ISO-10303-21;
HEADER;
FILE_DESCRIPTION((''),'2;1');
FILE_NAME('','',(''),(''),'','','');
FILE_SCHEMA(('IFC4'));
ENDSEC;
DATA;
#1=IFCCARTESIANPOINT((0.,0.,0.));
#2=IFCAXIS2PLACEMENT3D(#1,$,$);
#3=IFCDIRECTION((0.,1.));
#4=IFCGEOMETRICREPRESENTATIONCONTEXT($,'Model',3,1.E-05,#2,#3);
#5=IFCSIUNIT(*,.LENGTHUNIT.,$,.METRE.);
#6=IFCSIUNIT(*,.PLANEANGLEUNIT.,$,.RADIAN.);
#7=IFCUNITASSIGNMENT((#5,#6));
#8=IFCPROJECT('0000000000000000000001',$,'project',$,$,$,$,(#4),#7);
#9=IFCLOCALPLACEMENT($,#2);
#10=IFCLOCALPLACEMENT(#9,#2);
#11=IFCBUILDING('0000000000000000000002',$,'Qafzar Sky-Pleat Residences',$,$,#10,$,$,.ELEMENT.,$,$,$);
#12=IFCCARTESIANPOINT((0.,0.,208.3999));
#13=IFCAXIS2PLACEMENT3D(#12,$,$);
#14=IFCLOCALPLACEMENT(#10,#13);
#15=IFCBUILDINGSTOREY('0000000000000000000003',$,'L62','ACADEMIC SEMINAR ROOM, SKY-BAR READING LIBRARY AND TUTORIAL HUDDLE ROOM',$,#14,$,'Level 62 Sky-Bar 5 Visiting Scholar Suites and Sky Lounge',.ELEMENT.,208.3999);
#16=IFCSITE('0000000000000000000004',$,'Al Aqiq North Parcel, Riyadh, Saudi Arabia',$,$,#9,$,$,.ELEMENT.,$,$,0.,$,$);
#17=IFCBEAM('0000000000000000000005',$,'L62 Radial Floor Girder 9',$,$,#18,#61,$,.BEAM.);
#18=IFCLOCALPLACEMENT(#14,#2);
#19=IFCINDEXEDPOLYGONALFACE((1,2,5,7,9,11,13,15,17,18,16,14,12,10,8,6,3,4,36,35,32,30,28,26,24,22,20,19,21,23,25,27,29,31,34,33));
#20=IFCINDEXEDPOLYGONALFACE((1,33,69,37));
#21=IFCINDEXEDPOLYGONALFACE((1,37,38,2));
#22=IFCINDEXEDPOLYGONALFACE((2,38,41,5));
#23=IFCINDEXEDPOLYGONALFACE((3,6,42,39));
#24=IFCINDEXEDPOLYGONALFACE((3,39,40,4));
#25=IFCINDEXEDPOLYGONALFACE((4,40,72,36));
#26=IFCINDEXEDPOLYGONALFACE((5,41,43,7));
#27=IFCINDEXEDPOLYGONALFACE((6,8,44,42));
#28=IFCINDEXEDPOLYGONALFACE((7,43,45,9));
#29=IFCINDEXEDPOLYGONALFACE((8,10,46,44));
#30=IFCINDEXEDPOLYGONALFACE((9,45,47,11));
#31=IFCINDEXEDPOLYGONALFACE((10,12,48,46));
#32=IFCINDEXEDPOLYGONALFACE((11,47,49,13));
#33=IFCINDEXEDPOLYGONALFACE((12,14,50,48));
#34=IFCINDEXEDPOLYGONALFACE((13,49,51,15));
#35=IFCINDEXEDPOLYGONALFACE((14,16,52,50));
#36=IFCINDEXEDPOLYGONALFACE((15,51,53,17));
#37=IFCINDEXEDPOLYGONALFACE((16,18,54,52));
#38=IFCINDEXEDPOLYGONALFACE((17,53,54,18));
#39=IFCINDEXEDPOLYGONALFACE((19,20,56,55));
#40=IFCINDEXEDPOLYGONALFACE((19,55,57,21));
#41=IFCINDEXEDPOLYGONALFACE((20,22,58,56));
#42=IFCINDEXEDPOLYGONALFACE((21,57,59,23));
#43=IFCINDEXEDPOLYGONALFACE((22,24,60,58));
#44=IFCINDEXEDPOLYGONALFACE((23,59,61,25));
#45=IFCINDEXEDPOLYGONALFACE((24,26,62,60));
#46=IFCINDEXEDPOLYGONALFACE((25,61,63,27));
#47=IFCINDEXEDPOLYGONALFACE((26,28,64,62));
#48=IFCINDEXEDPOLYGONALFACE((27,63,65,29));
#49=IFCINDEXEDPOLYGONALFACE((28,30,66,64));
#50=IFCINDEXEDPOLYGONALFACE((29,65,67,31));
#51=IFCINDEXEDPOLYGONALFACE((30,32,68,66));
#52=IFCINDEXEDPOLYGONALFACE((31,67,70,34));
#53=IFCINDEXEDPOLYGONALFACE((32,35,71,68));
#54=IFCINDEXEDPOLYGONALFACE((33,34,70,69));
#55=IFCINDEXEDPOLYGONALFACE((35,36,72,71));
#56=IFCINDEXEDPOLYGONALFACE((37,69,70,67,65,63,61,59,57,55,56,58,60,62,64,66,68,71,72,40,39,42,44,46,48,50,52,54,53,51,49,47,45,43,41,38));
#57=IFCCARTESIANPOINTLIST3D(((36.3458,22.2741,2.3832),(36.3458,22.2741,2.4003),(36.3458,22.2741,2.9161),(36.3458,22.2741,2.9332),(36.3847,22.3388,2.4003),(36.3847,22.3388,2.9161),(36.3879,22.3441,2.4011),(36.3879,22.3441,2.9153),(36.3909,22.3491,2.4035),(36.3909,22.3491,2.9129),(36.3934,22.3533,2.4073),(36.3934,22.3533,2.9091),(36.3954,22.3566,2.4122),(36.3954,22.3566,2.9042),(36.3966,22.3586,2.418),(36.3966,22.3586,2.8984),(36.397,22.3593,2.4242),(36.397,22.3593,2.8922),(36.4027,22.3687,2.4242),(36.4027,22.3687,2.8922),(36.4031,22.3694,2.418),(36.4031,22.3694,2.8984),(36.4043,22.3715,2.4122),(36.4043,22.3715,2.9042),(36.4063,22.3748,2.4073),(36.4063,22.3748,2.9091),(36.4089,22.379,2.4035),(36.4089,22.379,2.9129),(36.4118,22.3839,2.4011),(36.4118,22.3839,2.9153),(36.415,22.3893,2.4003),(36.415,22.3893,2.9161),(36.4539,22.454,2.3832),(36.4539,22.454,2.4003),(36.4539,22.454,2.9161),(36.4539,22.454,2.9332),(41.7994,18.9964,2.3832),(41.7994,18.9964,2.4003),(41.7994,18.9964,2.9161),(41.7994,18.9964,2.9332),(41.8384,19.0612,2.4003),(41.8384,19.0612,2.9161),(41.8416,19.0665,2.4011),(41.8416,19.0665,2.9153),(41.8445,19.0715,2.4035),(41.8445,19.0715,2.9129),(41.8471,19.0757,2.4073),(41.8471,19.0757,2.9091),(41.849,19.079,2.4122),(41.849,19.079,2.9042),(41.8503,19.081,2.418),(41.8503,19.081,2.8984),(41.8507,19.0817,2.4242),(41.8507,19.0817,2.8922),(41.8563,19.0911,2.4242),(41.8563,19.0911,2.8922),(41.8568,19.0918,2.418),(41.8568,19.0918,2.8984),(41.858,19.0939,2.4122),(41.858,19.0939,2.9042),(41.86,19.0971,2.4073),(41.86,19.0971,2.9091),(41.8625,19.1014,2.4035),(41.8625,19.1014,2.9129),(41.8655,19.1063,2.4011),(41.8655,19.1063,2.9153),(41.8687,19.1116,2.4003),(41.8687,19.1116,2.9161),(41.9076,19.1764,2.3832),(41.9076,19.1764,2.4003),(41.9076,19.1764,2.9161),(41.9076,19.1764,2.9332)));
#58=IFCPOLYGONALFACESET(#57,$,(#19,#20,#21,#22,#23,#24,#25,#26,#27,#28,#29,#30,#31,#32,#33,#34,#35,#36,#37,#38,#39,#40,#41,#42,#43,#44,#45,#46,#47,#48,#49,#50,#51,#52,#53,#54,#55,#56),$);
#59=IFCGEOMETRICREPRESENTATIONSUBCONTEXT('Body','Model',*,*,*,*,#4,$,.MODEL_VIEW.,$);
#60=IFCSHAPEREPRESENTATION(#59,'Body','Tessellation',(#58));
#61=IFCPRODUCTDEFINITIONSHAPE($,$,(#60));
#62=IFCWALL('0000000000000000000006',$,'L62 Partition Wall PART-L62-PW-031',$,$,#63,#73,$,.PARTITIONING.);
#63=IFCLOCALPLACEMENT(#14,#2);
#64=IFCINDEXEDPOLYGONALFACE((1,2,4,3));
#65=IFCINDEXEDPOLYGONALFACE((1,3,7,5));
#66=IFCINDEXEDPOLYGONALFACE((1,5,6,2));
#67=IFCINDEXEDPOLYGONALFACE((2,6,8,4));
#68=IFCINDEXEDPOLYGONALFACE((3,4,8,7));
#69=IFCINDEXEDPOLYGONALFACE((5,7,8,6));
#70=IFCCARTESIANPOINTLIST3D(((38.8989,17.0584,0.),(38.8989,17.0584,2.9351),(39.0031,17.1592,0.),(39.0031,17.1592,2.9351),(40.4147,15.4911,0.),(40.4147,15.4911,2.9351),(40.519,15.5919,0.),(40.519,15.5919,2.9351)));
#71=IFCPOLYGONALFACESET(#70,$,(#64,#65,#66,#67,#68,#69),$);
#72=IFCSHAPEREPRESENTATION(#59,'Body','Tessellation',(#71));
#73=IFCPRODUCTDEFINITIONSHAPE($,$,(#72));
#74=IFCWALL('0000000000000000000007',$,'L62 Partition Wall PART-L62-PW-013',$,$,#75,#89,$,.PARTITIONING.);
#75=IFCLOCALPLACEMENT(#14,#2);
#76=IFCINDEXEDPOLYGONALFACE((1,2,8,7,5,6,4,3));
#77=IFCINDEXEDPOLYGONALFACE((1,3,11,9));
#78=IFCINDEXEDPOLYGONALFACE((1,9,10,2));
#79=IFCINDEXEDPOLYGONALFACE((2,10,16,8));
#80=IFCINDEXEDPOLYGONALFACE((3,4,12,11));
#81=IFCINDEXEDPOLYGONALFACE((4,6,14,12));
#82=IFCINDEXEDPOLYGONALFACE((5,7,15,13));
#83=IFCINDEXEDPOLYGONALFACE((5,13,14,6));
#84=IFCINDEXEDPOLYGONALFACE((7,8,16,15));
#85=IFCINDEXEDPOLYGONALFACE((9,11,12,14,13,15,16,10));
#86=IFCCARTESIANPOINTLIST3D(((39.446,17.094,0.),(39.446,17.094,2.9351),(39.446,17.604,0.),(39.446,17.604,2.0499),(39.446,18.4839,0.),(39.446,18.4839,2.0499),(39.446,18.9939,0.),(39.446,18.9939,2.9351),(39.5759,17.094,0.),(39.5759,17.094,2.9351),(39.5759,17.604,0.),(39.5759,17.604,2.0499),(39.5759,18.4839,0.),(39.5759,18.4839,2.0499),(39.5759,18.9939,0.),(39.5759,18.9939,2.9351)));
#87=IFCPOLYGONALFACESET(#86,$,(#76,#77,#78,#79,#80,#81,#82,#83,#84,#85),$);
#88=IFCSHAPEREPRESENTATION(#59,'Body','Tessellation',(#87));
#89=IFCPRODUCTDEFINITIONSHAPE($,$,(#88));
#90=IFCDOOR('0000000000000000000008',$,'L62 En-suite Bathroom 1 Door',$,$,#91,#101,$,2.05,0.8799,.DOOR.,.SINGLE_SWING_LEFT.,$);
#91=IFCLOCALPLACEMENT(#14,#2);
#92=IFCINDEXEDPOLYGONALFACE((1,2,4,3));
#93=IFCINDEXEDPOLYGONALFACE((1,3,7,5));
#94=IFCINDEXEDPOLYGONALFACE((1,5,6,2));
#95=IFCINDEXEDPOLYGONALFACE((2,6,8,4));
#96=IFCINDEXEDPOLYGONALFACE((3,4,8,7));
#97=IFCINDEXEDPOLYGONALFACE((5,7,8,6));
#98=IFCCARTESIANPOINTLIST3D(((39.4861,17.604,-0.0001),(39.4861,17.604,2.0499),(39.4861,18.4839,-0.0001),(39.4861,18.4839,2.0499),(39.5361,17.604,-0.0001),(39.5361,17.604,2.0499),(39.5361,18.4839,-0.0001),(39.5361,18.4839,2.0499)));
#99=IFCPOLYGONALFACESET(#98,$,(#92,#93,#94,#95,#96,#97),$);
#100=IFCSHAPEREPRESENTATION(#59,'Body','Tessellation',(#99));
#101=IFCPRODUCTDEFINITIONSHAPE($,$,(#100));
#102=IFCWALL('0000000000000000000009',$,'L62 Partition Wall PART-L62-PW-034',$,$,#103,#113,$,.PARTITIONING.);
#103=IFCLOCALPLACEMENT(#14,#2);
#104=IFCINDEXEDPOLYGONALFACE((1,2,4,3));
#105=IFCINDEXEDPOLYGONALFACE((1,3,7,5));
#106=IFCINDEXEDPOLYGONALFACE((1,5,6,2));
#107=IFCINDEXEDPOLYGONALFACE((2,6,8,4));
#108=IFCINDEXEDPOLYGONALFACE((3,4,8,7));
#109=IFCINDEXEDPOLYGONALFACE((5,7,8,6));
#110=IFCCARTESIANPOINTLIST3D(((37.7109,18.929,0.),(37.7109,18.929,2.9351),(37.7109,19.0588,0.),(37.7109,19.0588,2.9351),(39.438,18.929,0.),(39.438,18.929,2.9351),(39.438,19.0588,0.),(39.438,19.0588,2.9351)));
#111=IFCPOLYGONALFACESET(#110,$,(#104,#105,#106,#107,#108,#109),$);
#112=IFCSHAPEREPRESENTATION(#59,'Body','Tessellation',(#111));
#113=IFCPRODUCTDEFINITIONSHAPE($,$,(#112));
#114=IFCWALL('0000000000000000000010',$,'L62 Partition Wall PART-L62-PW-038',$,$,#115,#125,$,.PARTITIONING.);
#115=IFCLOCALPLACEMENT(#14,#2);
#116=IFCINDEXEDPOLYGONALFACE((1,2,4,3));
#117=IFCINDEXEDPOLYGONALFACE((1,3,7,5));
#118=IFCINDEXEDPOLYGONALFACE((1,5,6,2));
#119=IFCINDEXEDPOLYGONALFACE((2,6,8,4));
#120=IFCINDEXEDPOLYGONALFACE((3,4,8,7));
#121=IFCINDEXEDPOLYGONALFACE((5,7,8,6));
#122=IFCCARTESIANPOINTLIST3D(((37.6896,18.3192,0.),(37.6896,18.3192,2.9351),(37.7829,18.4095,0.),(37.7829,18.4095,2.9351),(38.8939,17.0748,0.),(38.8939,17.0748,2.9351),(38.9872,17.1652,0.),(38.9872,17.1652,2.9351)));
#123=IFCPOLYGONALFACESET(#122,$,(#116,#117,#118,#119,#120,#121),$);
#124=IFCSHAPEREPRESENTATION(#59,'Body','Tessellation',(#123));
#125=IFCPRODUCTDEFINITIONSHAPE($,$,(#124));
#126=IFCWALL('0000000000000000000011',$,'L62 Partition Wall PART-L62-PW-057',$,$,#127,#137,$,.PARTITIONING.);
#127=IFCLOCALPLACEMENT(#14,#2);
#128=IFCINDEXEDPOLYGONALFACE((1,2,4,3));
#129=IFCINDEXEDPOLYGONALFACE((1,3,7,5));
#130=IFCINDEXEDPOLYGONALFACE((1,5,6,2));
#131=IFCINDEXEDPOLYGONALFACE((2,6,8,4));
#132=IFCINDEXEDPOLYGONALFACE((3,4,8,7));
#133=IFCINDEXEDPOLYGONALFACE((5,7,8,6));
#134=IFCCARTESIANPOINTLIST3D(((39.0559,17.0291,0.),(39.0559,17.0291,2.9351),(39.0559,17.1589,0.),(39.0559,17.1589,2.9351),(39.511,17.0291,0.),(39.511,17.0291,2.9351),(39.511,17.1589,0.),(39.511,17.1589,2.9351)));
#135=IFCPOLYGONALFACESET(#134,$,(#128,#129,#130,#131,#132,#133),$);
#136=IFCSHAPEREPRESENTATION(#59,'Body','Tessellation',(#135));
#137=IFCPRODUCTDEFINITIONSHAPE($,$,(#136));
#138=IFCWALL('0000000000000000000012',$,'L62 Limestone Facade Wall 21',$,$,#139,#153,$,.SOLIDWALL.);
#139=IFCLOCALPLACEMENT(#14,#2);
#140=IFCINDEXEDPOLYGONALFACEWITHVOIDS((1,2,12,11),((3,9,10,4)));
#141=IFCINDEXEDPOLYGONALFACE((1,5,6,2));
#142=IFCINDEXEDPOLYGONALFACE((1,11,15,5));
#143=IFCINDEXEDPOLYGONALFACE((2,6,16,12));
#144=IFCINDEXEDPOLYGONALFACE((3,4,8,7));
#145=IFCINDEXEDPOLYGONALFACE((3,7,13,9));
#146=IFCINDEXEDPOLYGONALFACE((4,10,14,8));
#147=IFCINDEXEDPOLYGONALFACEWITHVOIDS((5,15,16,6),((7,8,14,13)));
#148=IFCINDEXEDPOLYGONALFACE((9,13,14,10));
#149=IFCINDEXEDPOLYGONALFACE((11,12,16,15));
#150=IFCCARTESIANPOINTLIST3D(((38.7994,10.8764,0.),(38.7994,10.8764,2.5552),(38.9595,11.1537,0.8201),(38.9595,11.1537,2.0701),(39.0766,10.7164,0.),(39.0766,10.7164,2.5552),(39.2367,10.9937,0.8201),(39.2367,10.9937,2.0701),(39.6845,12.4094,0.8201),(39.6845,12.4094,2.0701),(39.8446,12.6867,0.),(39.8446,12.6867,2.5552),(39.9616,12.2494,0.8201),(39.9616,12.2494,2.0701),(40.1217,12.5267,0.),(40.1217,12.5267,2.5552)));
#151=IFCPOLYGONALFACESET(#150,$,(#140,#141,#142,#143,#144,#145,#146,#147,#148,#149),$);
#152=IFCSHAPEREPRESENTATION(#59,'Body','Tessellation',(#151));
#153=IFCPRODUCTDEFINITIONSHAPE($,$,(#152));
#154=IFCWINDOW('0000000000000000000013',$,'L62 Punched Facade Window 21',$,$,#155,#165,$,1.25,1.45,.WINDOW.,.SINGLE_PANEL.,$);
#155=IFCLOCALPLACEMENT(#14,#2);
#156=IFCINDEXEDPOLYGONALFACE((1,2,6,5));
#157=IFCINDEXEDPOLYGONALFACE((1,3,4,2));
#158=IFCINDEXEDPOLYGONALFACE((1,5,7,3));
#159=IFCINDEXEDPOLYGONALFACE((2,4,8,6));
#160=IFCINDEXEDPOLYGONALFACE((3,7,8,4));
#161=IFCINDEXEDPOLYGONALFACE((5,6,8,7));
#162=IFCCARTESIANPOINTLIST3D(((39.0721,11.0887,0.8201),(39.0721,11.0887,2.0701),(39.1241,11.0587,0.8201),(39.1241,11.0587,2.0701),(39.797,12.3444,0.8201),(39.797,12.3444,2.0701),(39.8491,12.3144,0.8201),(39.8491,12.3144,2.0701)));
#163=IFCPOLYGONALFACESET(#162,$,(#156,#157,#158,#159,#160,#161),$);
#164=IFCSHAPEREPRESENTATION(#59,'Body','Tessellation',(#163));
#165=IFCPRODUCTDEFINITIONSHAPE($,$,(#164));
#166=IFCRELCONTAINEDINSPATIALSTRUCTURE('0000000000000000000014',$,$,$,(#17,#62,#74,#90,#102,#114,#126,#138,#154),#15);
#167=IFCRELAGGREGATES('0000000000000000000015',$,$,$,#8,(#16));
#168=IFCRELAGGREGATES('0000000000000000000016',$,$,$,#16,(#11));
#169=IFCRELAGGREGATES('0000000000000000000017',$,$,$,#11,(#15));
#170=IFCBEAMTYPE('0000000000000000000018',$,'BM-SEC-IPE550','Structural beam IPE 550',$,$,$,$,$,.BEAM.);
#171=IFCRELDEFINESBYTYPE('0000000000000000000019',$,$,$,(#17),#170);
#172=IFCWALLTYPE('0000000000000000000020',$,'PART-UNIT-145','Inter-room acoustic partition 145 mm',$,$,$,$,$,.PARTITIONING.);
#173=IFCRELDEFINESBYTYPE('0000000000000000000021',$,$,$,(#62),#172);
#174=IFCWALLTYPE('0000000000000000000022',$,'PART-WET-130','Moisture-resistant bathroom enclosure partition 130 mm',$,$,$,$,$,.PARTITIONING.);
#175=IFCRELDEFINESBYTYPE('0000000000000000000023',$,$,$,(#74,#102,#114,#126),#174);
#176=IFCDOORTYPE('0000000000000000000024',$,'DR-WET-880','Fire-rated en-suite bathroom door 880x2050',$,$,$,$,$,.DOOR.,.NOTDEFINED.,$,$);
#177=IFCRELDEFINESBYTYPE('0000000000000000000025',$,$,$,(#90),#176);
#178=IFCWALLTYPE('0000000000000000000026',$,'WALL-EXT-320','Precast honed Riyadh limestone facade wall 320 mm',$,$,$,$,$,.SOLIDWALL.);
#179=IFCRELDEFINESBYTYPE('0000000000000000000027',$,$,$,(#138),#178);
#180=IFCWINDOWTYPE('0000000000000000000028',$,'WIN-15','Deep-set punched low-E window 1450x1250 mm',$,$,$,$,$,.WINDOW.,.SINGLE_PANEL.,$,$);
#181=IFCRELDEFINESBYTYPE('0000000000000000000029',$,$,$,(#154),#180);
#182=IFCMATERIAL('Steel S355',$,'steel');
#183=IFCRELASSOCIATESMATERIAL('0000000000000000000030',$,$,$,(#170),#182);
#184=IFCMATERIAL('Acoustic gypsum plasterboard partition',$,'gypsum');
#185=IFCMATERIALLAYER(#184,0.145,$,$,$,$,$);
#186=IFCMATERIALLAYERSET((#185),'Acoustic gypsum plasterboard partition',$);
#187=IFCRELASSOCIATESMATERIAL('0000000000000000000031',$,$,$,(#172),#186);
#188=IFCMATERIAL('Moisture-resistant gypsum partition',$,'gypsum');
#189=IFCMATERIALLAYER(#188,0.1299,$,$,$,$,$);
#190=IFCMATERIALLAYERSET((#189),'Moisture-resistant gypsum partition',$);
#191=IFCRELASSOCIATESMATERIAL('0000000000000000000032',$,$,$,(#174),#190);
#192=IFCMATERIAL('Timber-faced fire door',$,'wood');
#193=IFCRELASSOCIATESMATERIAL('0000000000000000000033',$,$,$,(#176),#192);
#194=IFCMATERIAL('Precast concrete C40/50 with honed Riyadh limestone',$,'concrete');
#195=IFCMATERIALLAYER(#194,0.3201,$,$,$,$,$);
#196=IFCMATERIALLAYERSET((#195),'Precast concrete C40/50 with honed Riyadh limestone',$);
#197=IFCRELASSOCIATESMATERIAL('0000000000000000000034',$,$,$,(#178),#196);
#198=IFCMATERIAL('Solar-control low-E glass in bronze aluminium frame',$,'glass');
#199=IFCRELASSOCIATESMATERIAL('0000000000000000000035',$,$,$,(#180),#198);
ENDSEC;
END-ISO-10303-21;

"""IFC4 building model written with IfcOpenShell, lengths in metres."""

from ifc_helpers import new_model, si_unit, direction, frame, frame_2d, origin, origin_2d, place, context, subcontext, project, spatial, rectangle, i_section, extrude, source, transform, mapped, material, layer, layer_set, material_profile, profile_set, type_object, element, fill, save


model = new_model("IFC4")

# Units and contexts
model_context = context("Model", 3, precision=1e-05, world=origin(), true_north=direction((0.0, 1.0)))
body_context = subcontext(model_context, "Body", "Model", "MODEL_VIEW")
ifc_project = project(units=[si_unit("LENGTHUNIT", "METRE"), si_unit("PLANEANGLEUNIT", "RADIAN")], contexts=[model_context])

# Site, building, storey
site_placement = place(None, origin())
site = spatial("IfcSite", under=ifc_project, at=site_placement, Name="Al Aqiq North Parcel, Riyadh, Saudi Arabia", CompositionType="ELEMENT", RefElevation=0.0)
building_placement = place(site_placement, origin())
building = spatial("IfcBuilding", under=site, at=building_placement, Name="Qafzar Sky-Pleat Residences", CompositionType="ELEMENT")
storey_placement = place(building_placement, frame((0.0, 0.0, 208.3999)))
storey = spatial("IfcBuildingStorey", under=building, at=storey_placement, Name="L62", Description="ACADEMIC SEMINAR ROOM, SKY-BAR READING LIBRARY AND TUTORIAL HUDDLE ROOM", LongName="Level 62 Sky-Bar 5 Visiting Scholar Suites and Sky Lounge", CompositionType="ELEMENT", Elevation=208.3999)

# Shared definitions
ifc_material_1 = material(Name="Steel S355", Category="steel")

# Beam
ifc_material_profile_1 = material_profile(ifc_material_1, i_section(OverallWidth=0.21, OverallDepth=0.55, WebThickness=0.011, FlangeThickness=0.0171, FilletRadius=0.0239, at=origin_2d()), Name="IPE 550")
ifc_profile_set_1 = profile_set([ifc_material_profile_1], Name="Steel S355")
beam_type_1 = type_object("IfcBeamType", Name="BM-SEC-IPE550", Description="Structural beam IPE 550", PredefinedType="BEAM", material=ifc_profile_set_1)
shared_shape_1 = source(origin(), body_context, "Body", "SweptSolid", [
    extrude(i_section(OverallWidth=0.21, OverallDepth=0.55, WebThickness=0.011, FlangeThickness=0.0171, FilletRadius=0.0239, at=origin_2d()), origin(), (0.0, 0.0, 1.0), 6.3628),
])
beam_1_placement = place(storey_placement, frame((41.8535, 19.0864, 2.6582), z_axis=(-0.857117, 0.515122, 0.0), x_axis=(-0.515122, -0.857117, 0.0)))
element("IfcBeam", 1, at=beam_1_placement, inside=storey, type_object=beam_type_1, Name="L62 Radial Floor Girder 9", PredefinedType="BEAM", context=body_context, shape_type="MappedRepresentation", body=[
    mapped(shared_shape_1, transform((0.0, 0.0, 0.0), x_axis=(1.0, 0.0, 0.0), y_axis=(0.0, 1.0, 0.0), z_axis=(0.0, 0.0, 1.0), scale=1.0)),
])

# Wall
ifc_material_2 = material(Name="Acoustic gypsum plasterboard partition", Category="gypsum")
ifc_layer_1 = layer(ifc_material_2, 0.145)
ifc_layer_set_1 = layer_set([ifc_layer_1], Name="Acoustic gypsum plasterboard partition")
wall_type_1 = type_object("IfcWallType", Name="PART-UNIT-145", Description="Inter-room acoustic partition 145 mm", PredefinedType="PARTITIONING", material=ifc_layer_set_1)
wall_1_placement = place(storey_placement, frame((38.9509, 17.1089, 0.0), z_axis=(0.0, 0.0, 1.0), x_axis=(0.695196, -0.718821, 0.0)))
element("IfcWall", 2, at=wall_1_placement, inside=storey, type_object=wall_type_1, Name="L62 Partition Wall PART-L62-PW-031", PredefinedType="PARTITIONING", context=body_context, shape_type="SweptSolid", body=[
    extrude(rectangle(XDim=2.1804, YDim=0.145, at=frame_2d((1.0903, 0.0))), origin(), (0.0, 0.0, 1.0), 2.9351),
])

# Wall, opening, door
ifc_material_3 = material(Name="Moisture-resistant gypsum partition", Category="gypsum")
ifc_layer_2 = layer(ifc_material_3, 0.1299)
ifc_layer_set_2 = layer_set([ifc_layer_2], Name="Moisture-resistant gypsum partition")
wall_type_2 = type_object("IfcWallType", Name="PART-WET-130", Description="Moisture-resistant bathroom enclosure partition 130 mm", PredefinedType="PARTITIONING", material=ifc_layer_set_2)
wall_2_placement = place(storey_placement, frame((39.511, 17.094, 0.0), z_axis=(0.0, 0.0, 1.0), x_axis=(0.0, 1.0, 0.0)))
wall_2 = element("IfcWall", 3, at=wall_2_placement, inside=storey, type_object=wall_type_2, Name="L62 Partition Wall PART-L62-PW-013", PredefinedType="PARTITIONING", context=body_context, shape_type="SweptSolid", body=[
    extrude(rectangle(XDim=1.8999, YDim=0.1299, at=frame_2d((0.95, 0.0))), origin(), (0.0, 0.0, 1.0), 2.9351),
])
opening_1_placement = place(wall_2_placement, frame((0.51, 0.0, 0.0)))
opening_1 = element("IfcOpeningElement", 4, at=opening_1_placement, cuts=wall_2, PredefinedType="OPENING", context=body_context, shape_type="SweptSolid", body=[
    extrude(rectangle(XDim=0.8799, YDim=2.05, at=frame_2d((0.4399, 1.0249))), frame((0.0, 0.075, 0.0), z_axis=(0.0, -1.0, 0.0), x_axis=(1.0, 0.0, 0.0)), (0.0, 0.0, 1.0), 0.1499),
])
ifc_material_4 = material(Name="Timber-faced fire door", Category="wood")
door_type = type_object("IfcDoorType", Name="DR-WET-880", Description="Fire-rated en-suite bathroom door 880x2050", OperationType="NOTDEFINED", PredefinedType="DOOR", material=ifc_material_4)
shared_shape_2 = source(origin(), body_context, "Body", "SweptSolid", [
    extrude(rectangle(XDim=0.8799, YDim=2.05, at=frame_2d((0.4399, 1.0249))), frame((0.0, 0.0249, 0.0), z_axis=(0.0, -1.0, 0.0), x_axis=(1.0, 0.0, 0.0)), (0.0, 0.0, 1.0), 0.05),
])
door_placement = place(opening_1_placement, origin())
door = element("IfcDoor", 5, at=door_placement, inside=storey, type_object=door_type, Name="L62 En-suite Bathroom 1 Door", OperationType="SINGLE_SWING_LEFT", OverallHeight=2.05, OverallWidth=0.8799, PredefinedType="DOOR", context=body_context, shape_type="MappedRepresentation", body=[
    mapped(shared_shape_2, transform((0.0, 0.0, 0.0), x_axis=(1.0, 0.0, 0.0), y_axis=(0.0, 1.0, 0.0), z_axis=(0.0, 0.0, 1.0), scale=1.0)),
])
fill(opening_1, door)

# Walls
wall_3_placement = place(storey_placement, frame((37.7109, 18.9939, 0.0), z_axis=(0.0, 0.0, 1.0), x_axis=(1.0, 0.0, 0.0)))
element("IfcWall", 6, at=wall_3_placement, inside=storey, type_object=wall_type_2, Name="L62 Partition Wall PART-L62-PW-034", PredefinedType="PARTITIONING", context=body_context, shape_type="SweptSolid", body=[
    extrude(rectangle(XDim=1.7271, YDim=0.1299, at=frame_2d((0.8635, 0.0))), origin(), (0.0, 0.0, 1.0), 2.9351),
])
wall_4_placement = place(storey_placement, frame((37.7363, 18.3643, 0.0), z_axis=(0.0, 0.0, 1.0), x_axis=(0.695452, -0.718573, 0.0)))
element("IfcWall", 7, at=wall_4_placement, inside=storey, type_object=wall_type_2, Name="L62 Partition Wall PART-L62-PW-038", PredefinedType="PARTITIONING", context=body_context, shape_type="SweptSolid", body=[
    extrude(rectangle(XDim=1.7317, YDim=0.1299, at=frame_2d((0.8657, 0.0))), origin(), (0.0, 0.0, 1.0), 2.9351),
])
wall_5_placement = place(storey_placement, frame((39.0559, 17.094, 0.0), z_axis=(0.0, 0.0, 1.0), x_axis=(1.0, 0.0, 0.0)))
element("IfcWall", 8, at=wall_5_placement, inside=storey, type_object=wall_type_2, Name="L62 Partition Wall PART-L62-PW-057", PredefinedType="PARTITIONING", context=body_context, shape_type="SweptSolid", body=[
    extrude(rectangle(XDim=0.4551, YDim=0.1299, at=frame_2d((0.2275, 0.0))), origin(), (0.0, 0.0, 1.0), 2.9351),
])

# Wall, opening, window
ifc_material_5 = material(Name="Precast concrete C40/50 with honed Riyadh limestone", Category="concrete")
ifc_layer_3 = layer(ifc_material_5, 0.3201)
ifc_layer_set_3 = layer_set([ifc_layer_3], Name="Precast concrete C40/50 with honed Riyadh limestone")
wall_type_3 = type_object("IfcWallType", Name="WALL-EXT-320", Description="Precast honed Riyadh limestone facade wall 320 mm", PredefinedType="SOLIDWALL", material=ifc_layer_set_3)
wall_6_placement = place(storey_placement, frame((38.938, 10.7964, 0.0), z_axis=(0.0, 0.0, 1.0), x_axis=(0.499995, 0.866028, 0.0)))
wall_6 = element("IfcWall", 9, at=wall_6_placement, inside=storey, type_object=wall_type_3, Name="L62 Limestone Facade Wall 21", PredefinedType="SOLIDWALL", context=body_context, shape_type="SweptSolid", body=[
    extrude(rectangle(XDim=2.0903, YDim=0.3201, at=frame_2d((1.0452, 0.0))), origin(), (0.0, 0.0, 1.0), 2.5552),
])
opening_2_placement = place(wall_6_placement, frame((0.3201, 0.0, 0.8201)))
opening_2 = element("IfcOpeningElement", 10, at=opening_2_placement, cuts=wall_6, PredefinedType="OPENING", context=body_context, shape_type="SweptSolid", body=[
    extrude(rectangle(XDim=1.45, YDim=1.25, at=frame_2d((0.7251, 0.625))), frame((0.0, 0.1699, 0.0), z_axis=(0.0, -1.0, 0.0), x_axis=(1.0, 0.0, 0.0)), (0.0, 0.0, 1.0), 0.3401),
])
ifc_material_6 = material(Name="Solar-control low-E glass in bronze aluminium frame", Category="glass")
window_type_1 = type_object("IfcWindowType", Name="WIN-15", Description="Deep-set punched low-E window 1450x1250 mm", PartitioningType="SINGLE_PANEL", PredefinedType="WINDOW", material=ifc_material_6)
shared_shape_3 = source(origin(), body_context, "Body", "SweptSolid", [
    extrude(rectangle(XDim=1.45, YDim=1.25, at=frame_2d((0.7251, 0.625))), frame((0.0, 0.03, 0.0), z_axis=(0.0, -1.0, 0.0), x_axis=(1.0, 0.0, 0.0)), (0.0, 0.0, 1.0), 0.0601),
])
window_1_placement = place(opening_2_placement, origin())
window_1 = element("IfcWindow", 11, at=window_1_placement, inside=storey, type_object=window_type_1, Name="L62 Punched Facade Window 21", OverallHeight=1.25, OverallWidth=1.45, PartitioningType="SINGLE_PANEL", PredefinedType="WINDOW", context=body_context, shape_type="MappedRepresentation", body=[
    mapped(shared_shape_3, transform((0.0, 0.0, 0.0), x_axis=(1.0, 0.0, 0.0), y_axis=(0.0, 1.0, 0.0), z_axis=(0.0, 0.0, 1.0), scale=1.0)),
])
fill(opening_2, window_1)

save(model, "model.ifc")
